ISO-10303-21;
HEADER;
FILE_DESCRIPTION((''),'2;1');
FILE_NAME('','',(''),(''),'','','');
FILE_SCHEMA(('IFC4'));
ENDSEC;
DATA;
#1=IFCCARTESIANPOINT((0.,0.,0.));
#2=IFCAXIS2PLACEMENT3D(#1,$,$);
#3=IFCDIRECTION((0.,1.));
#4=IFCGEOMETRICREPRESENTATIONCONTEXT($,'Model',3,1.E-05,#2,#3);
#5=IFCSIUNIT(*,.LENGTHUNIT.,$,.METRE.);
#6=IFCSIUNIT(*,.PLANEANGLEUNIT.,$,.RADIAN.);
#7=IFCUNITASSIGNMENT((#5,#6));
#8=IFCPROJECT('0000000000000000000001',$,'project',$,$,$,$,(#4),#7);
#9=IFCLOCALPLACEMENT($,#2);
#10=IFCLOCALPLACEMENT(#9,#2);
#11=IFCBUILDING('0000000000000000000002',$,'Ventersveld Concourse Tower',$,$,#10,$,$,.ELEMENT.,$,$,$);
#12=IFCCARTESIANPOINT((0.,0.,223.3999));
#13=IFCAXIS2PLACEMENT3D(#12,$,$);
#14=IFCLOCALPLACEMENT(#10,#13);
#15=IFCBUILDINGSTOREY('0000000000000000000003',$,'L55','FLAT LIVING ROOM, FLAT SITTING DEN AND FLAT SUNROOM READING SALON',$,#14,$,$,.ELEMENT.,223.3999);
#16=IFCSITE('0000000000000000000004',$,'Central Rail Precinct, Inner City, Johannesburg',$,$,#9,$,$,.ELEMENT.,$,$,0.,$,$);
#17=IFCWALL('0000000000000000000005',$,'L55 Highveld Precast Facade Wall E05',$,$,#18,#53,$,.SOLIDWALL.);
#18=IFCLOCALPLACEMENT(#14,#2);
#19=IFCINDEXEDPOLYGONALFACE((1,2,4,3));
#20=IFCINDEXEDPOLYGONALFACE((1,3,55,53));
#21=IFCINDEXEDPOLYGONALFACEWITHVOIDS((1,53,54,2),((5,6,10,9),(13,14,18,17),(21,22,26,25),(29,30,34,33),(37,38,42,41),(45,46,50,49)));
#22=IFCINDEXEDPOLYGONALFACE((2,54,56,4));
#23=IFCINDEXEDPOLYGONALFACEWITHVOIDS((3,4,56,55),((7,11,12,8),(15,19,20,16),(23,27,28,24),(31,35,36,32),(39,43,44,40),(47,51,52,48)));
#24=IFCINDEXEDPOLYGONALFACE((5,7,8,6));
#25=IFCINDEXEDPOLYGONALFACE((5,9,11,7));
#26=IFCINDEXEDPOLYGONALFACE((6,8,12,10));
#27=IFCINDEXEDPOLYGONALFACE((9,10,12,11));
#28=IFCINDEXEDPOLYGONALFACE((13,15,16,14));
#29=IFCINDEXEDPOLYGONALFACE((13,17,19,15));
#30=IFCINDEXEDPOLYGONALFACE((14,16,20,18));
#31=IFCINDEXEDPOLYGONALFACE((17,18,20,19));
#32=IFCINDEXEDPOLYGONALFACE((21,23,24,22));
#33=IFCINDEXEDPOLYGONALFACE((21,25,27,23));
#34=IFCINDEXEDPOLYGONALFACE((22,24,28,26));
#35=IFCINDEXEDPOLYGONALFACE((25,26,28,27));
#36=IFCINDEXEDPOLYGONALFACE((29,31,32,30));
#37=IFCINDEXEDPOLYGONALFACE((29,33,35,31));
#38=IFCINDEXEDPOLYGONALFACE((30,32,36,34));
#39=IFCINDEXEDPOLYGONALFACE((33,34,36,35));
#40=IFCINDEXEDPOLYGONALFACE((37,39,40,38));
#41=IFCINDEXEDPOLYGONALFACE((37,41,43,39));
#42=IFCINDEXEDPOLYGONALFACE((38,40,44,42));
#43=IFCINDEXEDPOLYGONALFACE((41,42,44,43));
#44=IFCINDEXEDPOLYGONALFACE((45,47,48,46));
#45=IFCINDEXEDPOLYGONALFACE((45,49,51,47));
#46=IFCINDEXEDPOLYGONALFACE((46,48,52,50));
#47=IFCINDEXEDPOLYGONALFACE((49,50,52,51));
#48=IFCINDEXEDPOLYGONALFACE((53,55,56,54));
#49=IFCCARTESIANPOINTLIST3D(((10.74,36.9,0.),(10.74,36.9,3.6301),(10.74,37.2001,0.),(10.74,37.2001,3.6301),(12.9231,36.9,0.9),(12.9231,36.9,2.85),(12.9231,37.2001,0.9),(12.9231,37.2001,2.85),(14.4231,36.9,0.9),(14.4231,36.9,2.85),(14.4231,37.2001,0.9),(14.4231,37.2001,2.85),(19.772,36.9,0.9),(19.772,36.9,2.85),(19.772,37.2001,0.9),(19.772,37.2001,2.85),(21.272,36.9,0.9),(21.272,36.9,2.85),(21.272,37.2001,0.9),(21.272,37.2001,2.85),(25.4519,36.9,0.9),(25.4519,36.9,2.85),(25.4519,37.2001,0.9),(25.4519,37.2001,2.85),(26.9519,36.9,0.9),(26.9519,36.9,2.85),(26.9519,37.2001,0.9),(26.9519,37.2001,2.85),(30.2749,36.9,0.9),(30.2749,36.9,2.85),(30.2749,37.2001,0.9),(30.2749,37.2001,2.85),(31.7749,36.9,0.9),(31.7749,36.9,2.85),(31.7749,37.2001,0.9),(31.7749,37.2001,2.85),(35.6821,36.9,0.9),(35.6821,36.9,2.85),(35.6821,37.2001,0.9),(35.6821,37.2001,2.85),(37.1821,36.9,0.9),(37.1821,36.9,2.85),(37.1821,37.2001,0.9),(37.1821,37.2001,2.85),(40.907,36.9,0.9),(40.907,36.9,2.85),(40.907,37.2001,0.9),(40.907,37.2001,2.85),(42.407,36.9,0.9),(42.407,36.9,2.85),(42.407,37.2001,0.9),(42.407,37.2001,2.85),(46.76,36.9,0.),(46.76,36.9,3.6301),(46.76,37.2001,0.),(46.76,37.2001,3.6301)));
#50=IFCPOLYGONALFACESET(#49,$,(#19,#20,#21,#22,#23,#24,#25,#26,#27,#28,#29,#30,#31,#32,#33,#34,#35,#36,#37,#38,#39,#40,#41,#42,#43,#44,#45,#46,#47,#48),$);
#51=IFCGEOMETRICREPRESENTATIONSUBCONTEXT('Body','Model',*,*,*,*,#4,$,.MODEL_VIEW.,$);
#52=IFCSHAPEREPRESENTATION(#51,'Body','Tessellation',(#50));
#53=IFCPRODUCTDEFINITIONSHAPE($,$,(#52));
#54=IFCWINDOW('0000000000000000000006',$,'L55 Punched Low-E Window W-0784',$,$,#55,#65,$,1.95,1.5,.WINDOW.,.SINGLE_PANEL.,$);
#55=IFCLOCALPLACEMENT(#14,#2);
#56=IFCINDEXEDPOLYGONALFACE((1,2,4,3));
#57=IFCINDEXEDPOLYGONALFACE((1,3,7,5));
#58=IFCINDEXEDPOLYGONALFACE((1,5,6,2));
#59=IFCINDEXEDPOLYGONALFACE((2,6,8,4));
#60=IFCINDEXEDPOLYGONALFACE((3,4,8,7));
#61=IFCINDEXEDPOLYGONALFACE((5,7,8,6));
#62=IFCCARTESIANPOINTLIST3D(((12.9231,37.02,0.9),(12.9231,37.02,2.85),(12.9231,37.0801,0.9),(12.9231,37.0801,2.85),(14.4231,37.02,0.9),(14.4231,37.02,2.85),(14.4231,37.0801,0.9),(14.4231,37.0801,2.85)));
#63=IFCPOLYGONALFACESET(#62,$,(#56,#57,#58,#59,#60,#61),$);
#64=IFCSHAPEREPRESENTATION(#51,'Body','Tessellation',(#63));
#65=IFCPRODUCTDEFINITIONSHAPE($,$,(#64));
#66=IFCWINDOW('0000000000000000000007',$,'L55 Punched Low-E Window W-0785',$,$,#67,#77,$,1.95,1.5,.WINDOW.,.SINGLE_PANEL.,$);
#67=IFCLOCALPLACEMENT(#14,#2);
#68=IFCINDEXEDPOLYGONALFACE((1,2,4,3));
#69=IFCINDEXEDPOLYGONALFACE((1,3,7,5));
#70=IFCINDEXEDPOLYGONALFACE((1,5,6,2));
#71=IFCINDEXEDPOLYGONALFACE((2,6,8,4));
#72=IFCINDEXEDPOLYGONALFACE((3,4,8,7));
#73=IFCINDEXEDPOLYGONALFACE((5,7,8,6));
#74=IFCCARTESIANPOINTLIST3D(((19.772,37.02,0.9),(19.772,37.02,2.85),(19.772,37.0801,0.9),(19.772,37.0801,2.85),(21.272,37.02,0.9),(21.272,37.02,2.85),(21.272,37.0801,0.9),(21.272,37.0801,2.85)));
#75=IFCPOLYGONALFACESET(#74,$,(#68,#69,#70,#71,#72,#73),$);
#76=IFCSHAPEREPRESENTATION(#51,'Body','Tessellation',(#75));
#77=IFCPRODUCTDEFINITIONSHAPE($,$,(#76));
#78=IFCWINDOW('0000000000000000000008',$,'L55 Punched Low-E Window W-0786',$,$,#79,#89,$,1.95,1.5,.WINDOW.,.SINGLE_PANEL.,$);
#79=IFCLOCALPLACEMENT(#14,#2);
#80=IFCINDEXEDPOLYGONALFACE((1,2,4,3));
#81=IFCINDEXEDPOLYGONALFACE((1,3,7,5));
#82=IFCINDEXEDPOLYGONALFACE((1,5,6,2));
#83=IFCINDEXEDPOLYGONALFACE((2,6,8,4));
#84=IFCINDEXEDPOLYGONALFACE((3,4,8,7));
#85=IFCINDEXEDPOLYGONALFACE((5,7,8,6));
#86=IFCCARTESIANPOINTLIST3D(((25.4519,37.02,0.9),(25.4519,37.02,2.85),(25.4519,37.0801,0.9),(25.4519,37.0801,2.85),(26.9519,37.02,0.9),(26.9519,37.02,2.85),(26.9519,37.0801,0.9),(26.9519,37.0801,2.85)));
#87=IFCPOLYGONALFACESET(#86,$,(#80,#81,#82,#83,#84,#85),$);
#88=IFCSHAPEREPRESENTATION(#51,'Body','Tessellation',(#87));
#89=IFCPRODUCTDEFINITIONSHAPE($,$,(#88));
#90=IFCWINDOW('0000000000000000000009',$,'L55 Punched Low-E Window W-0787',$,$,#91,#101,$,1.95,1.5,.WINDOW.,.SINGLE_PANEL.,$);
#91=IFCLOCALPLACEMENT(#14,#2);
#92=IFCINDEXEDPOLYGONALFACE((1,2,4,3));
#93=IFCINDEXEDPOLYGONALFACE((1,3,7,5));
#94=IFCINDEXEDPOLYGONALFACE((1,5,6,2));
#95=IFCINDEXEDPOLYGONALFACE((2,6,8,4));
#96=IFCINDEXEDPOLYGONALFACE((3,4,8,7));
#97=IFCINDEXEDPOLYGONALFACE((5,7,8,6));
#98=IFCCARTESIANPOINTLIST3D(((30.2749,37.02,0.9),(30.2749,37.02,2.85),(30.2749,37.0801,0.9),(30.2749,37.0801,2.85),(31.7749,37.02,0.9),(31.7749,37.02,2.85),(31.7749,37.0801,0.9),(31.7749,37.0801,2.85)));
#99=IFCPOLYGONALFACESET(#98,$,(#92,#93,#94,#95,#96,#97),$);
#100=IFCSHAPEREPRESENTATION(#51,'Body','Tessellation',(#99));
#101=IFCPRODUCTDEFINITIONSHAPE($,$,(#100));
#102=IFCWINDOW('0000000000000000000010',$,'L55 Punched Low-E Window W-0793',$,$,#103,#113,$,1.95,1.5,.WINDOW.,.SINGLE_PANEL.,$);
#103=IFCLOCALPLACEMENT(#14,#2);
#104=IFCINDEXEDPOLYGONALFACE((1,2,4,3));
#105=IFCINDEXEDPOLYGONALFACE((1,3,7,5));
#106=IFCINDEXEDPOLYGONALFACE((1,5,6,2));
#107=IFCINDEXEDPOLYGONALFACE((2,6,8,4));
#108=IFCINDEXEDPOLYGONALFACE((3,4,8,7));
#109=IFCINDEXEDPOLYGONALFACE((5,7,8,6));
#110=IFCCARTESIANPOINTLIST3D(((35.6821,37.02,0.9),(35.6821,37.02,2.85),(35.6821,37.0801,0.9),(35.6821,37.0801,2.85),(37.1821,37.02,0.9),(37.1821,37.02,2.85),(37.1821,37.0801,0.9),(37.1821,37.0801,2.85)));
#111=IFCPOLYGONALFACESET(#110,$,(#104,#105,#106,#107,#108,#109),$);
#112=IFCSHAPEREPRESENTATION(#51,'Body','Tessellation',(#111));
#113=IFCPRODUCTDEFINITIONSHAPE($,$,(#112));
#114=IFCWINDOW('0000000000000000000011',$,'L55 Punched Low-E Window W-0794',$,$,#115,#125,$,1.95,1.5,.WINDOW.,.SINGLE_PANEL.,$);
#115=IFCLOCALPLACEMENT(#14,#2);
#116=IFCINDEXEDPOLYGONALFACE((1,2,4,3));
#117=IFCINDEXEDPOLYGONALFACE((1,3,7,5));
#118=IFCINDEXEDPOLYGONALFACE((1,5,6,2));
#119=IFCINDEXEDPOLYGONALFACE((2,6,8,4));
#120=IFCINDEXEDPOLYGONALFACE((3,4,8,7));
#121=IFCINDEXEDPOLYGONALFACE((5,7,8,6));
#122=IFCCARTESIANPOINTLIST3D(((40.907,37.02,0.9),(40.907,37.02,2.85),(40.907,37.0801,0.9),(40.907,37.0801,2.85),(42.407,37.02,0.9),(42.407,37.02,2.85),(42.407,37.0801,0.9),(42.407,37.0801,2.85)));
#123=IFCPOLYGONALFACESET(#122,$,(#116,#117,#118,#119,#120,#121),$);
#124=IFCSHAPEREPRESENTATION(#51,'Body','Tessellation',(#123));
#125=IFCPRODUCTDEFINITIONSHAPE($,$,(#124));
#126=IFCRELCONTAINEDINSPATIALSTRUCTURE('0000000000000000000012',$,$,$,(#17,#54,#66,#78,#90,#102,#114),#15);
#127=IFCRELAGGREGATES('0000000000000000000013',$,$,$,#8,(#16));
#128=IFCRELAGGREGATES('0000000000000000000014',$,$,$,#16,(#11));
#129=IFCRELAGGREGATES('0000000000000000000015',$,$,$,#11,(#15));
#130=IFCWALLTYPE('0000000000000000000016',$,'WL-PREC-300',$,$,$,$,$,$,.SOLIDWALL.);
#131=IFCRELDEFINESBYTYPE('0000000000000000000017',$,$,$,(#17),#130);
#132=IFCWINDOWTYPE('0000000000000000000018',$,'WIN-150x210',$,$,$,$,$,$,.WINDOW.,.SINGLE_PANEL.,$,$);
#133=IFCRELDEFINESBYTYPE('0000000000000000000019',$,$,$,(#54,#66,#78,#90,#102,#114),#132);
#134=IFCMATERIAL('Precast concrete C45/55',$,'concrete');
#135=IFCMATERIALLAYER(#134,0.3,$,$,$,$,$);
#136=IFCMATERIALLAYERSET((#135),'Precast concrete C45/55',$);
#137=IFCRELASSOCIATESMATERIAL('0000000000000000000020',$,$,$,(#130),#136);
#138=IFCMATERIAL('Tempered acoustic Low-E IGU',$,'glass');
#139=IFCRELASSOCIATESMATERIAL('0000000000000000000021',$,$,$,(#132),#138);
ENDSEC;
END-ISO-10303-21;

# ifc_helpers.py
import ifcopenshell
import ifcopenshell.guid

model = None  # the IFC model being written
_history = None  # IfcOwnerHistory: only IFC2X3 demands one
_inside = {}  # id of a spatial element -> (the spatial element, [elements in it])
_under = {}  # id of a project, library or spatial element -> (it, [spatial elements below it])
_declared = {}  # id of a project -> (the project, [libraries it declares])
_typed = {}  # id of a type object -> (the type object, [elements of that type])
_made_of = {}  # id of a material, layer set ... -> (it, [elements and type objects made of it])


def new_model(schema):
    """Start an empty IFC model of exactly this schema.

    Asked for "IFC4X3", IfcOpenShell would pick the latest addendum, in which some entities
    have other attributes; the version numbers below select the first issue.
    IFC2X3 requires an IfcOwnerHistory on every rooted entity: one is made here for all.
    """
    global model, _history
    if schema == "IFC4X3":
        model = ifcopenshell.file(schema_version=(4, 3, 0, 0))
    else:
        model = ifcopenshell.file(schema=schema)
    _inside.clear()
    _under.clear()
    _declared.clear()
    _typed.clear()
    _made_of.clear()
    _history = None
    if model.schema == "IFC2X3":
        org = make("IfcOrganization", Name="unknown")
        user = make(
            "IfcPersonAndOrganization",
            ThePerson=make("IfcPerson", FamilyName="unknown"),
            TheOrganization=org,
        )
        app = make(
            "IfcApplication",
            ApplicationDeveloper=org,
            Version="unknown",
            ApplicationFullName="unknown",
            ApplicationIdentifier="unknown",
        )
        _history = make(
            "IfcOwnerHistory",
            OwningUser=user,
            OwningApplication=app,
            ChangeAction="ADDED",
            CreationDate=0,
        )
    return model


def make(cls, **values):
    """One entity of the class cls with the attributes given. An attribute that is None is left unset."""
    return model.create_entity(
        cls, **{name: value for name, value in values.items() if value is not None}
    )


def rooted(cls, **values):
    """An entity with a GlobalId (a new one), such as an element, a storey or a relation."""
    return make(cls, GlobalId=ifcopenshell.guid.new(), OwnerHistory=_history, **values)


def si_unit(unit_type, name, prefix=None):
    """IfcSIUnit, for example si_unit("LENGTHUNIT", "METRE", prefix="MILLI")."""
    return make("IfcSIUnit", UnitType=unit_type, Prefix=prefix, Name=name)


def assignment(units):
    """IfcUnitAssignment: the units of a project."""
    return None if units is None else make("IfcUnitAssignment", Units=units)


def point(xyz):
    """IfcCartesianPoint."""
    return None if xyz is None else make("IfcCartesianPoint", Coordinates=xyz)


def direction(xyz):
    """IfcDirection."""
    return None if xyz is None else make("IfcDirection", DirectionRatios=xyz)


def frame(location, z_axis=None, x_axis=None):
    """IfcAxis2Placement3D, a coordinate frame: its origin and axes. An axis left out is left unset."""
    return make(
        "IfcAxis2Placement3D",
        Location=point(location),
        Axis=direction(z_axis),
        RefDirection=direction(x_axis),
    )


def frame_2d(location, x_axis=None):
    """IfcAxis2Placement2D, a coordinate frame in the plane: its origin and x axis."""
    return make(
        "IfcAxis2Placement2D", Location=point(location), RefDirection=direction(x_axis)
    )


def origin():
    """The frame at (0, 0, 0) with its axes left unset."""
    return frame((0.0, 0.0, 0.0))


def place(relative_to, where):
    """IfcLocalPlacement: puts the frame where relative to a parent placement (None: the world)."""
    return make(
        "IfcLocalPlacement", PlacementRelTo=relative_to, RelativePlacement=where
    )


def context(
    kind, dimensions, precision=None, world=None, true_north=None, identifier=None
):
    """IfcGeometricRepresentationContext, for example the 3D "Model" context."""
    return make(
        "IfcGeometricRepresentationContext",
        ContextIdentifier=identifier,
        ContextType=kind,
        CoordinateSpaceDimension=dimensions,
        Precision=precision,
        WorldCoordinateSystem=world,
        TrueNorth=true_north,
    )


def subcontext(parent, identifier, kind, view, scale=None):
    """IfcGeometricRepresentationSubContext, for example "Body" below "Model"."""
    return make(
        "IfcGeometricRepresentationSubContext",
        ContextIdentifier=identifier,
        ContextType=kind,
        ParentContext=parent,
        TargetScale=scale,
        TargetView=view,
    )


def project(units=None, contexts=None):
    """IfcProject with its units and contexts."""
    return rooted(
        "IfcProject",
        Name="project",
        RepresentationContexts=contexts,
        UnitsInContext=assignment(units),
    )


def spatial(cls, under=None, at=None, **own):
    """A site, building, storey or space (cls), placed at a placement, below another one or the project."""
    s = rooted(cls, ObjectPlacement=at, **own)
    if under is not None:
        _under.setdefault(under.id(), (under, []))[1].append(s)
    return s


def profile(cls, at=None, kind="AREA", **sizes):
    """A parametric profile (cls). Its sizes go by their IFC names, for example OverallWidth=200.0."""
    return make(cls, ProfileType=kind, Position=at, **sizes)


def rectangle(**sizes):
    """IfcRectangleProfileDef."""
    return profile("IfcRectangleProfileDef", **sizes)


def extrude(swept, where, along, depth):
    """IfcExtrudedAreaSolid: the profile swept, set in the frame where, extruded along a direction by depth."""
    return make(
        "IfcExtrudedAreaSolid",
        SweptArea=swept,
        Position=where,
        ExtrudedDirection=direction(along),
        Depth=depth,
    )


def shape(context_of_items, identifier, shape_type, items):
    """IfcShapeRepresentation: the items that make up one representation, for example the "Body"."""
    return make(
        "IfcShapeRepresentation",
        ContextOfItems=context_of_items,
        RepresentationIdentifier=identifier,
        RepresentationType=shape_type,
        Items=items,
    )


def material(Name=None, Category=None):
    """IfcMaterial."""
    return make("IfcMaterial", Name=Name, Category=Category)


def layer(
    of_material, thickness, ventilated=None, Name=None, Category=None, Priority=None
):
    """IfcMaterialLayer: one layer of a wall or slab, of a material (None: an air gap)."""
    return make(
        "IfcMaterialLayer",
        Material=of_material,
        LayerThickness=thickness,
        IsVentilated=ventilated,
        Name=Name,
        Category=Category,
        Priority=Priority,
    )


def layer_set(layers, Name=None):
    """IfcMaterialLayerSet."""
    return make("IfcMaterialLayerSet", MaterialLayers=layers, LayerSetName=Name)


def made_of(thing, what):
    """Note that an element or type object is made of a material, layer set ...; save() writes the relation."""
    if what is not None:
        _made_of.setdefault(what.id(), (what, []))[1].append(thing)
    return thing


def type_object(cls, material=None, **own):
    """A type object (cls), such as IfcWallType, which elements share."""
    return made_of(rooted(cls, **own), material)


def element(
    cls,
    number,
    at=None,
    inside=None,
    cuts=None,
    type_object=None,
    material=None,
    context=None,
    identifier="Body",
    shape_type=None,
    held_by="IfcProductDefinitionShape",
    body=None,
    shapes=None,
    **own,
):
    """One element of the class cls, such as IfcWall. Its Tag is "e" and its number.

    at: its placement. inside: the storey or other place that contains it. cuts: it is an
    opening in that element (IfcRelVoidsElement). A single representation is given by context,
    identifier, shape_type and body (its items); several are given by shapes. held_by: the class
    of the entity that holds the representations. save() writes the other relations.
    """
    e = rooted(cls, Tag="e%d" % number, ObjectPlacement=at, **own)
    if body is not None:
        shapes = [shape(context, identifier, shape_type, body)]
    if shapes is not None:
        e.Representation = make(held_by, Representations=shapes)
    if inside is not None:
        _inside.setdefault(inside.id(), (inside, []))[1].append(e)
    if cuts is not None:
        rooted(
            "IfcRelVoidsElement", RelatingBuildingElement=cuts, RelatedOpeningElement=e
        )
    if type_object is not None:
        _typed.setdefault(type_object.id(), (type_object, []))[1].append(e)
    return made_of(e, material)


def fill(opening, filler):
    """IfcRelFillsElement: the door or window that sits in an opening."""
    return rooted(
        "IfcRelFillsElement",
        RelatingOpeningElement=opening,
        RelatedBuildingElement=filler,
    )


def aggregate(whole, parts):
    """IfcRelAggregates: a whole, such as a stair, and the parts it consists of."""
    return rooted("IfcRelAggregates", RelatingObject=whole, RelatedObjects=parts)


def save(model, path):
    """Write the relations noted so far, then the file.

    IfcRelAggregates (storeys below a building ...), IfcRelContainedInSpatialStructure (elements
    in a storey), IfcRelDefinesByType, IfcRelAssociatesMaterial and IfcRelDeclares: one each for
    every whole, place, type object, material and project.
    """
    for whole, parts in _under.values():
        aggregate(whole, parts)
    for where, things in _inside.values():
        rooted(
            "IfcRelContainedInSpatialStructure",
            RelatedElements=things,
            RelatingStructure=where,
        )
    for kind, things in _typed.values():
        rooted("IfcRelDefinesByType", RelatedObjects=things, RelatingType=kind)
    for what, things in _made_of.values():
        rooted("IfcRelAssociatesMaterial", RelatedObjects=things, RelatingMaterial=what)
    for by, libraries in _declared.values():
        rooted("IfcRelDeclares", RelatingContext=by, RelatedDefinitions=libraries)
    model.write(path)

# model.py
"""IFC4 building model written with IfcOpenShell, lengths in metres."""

from ifc_helpers import new_model, si_unit, direction, frame, frame_2d, origin, place, context, subcontext, project, spatial, rectangle, extrude, material, layer, layer_set, type_object, element, fill, save


model = new_model("IFC4")

# Units and contexts
model_context = context("Model", 3, precision=1e-05, world=origin(), true_north=direction((0.0, 1.0)))
body_context = subcontext(model_context, "Body", "Model", "MODEL_VIEW")
ifc_project = project(units=[si_unit("LENGTHUNIT", "METRE"), si_unit("PLANEANGLEUNIT", "RADIAN")], contexts=[model_context])

# Site, building, storey
site_placement = place(None, origin())
site = spatial("IfcSite", under=ifc_project, at=site_placement, Name="Central Rail Precinct, Inner City, Johannesburg", CompositionType="ELEMENT", RefElevation=0.0)
building_placement = place(site_placement, origin())
building = spatial("IfcBuilding", under=site, at=building_placement, Name="Ventersveld Concourse Tower", CompositionType="ELEMENT")
storey_placement = place(building_placement, frame((0.0, 0.0, 223.3999)))
storey = spatial("IfcBuildingStorey", under=building, at=storey_placement, Name="L55", Description="FLAT LIVING ROOM, FLAT SITTING DEN AND FLAT SUNROOM READING SALON", CompositionType="ELEMENT", Elevation=223.3999)

# Shared definitions
ifc_material_1 = material(Name="Precast concrete C45/55", Category="concrete")
ifc_layer_1 = layer(ifc_material_1, 0.3)
ifc_layer_set_1 = layer_set([ifc_layer_1], Name="Precast concrete C45/55")
wall_type_1 = type_object("IfcWallType", Name="WL-PREC-300", PredefinedType="SOLIDWALL", material=ifc_layer_set_1)

# Wall, openings, windows
wall_1_placement = place(storey_placement, frame((46.76, 37.05, 0.0), z_axis=(0.0, 0.0, 1.0), x_axis=(-1.0, 0.0, 0.0)))
wall_1 = element("IfcWall", 1, at=wall_1_placement, inside=storey, type_object=wall_type_1, Name="L55 Highveld Precast Facade Wall E05", PredefinedType="SOLIDWALL", context=body_context, shape_type="SweptSolid", body=[
    extrude(rectangle(XDim=36.02, YDim=0.3, at=frame_2d((18.01, 0.0))), origin(), (0.0, 0.0, 1.0), 3.6301),
])
opening_1_placement = place(wall_1_placement, frame((32.3369, 0.0, 0.8999)))
opening_1 = element("IfcOpeningElement", 2, at=opening_1_placement, cuts=wall_1, PredefinedType="OPENING", context=body_context, shape_type="SweptSolid", body=[
    extrude(rectangle(XDim=1.5, YDim=1.95, at=frame_2d((0.75, 0.9751))), frame((0.0, 0.1602, 0.0), z_axis=(0.0, -1.0, 0.0), x_axis=(1.0, 0.0, 0.0)), (0.0, 0.0, 1.0), 0.3201),
])
opening_2_placement = place(wall_1_placement, frame((25.488, 0.0, 0.8999)))
opening_2 = element("IfcOpeningElement", 3, at=opening_2_placement, cuts=wall_1, PredefinedType="OPENING", context=body_context, shape_type="SweptSolid", body=[
    extrude(rectangle(XDim=1.5, YDim=1.95, at=frame_2d((0.75, 0.9751))), frame((0.0, 0.1602, 0.0), z_axis=(0.0, -1.0, 0.0), x_axis=(1.0, 0.0, 0.0)), (0.0, 0.0, 1.0), 0.3201),
])
opening_3_placement = place(wall_1_placement, frame((19.8081, 0.0, 0.8999)))
opening_3 = element("IfcOpeningElement", 4, at=opening_3_placement, cuts=wall_1, PredefinedType="OPENING", context=body_context, shape_type="SweptSolid", body=[
    extrude(rectangle(XDim=1.5, YDim=1.95, at=frame_2d((0.75, 0.9751))), frame((0.0, 0.1602, 0.0), z_axis=(0.0, -1.0, 0.0), x_axis=(1.0, 0.0, 0.0)), (0.0, 0.0, 1.0), 0.3201),
])
opening_4_placement = place(wall_1_placement, frame((14.9851, 0.0, 0.8999)))
opening_4 = element("IfcOpeningElement", 5, at=opening_4_placement, cuts=wall_1, PredefinedType="OPENING", context=body_context, shape_type="SweptSolid", body=[
    extrude(rectangle(XDim=1.5, YDim=1.95, at=frame_2d((0.75, 0.9751))), frame((0.0, 0.1602, 0.0), z_axis=(0.0, -1.0, 0.0), x_axis=(1.0, 0.0, 0.0)), (0.0, 0.0, 1.0), 0.3201),
])
opening_5_placement = place(wall_1_placement, frame((9.5779, 0.0, 0.8999)))
opening_5 = element("IfcOpeningElement", 6, at=opening_5_placement, cuts=wall_1, PredefinedType="OPENING", context=body_context, shape_type="SweptSolid", body=[
    extrude(rectangle(XDim=1.5, YDim=1.95, at=frame_2d((0.75, 0.9751))), frame((0.0, 0.1602, 0.0), z_axis=(0.0, -1.0, 0.0), x_axis=(1.0, 0.0, 0.0)), (0.0, 0.0, 1.0), 0.3201),
])
opening_6_placement = place(wall_1_placement, frame((4.353, 0.0, 0.8999)))
opening_6 = element("IfcOpeningElement", 7, at=opening_6_placement, cuts=wall_1, PredefinedType="OPENING", context=body_context, shape_type="SweptSolid", body=[
    extrude(rectangle(XDim=1.5, YDim=1.95, at=frame_2d((0.75, 0.9751))), frame((0.0, 0.1602, 0.0), z_axis=(0.0, -1.0, 0.0), x_axis=(1.0, 0.0, 0.0)), (0.0, 0.0, 1.0), 0.3201),
])
ifc_material_2 = material(Name="Tempered acoustic Low-E IGU", Category="glass")
window_type = type_object("IfcWindowType", Name="WIN-150x210", PartitioningType="SINGLE_PANEL", PredefinedType="WINDOW", material=ifc_material_2)
window_1_placement = place(opening_1_placement, origin())
window_1 = element("IfcWindow", 8, at=window_1_placement, inside=storey, type_object=window_type, Name="L55 Punched Low-E Window W-0784", OverallHeight=1.95, OverallWidth=1.5, PartitioningType="SINGLE_PANEL", PredefinedType="WINDOW", context=body_context, shape_type="SweptSolid", body=[
    extrude(rectangle(XDim=1.5, YDim=1.95, at=frame_2d((0.75, 0.9751))), frame((0.0, 0.03, 0.0), z_axis=(0.0, -1.0, 0.0), x_axis=(1.0, 0.0, 0.0)), (0.0, 0.0, 1.0), 0.0601),
])
fill(opening_1, window_1)
window_2_placement = place(opening_2_placement, origin())
window_2 = element("IfcWindow", 9, at=window_2_placement, inside=storey, type_object=window_type, Name="L55 Punched Low-E Window W-0785", OverallHeight=1.95, OverallWidth=1.5, PartitioningType="SINGLE_PANEL", PredefinedType="WINDOW", context=body_context, shape_type="SweptSolid", body=[
    extrude(rectangle(XDim=1.5, YDim=1.95, at=frame_2d((0.75, 0.9751))), frame((0.0, 0.03, 0.0), z_axis=(0.0, -1.0, 0.0), x_axis=(1.0, 0.0, 0.0)), (0.0, 0.0, 1.0), 0.0601),
])
fill(opening_2, window_2)
window_3_placement = place(opening_3_placement, origin())
window_3 = element("IfcWindow", 10, at=window_3_placement, inside=storey, type_object=window_type, Name="L55 Punched Low-E Window W-0786", OverallHeight=1.95, OverallWidth=1.5, PartitioningType="SINGLE_PANEL", PredefinedType="WINDOW", context=body_context, shape_type="SweptSolid", body=[
    extrude(rectangle(XDim=1.5, YDim=1.95, at=frame_2d((0.75, 0.9751))), frame((0.0, 0.03, 0.0), z_axis=(0.0, -1.0, 0.0), x_axis=(1.0, 0.0, 0.0)), (0.0, 0.0, 1.0), 0.0601),
])
fill(opening_3, window_3)
window_4_placement = place(opening_4_placement, origin())
window_4 = element("IfcWindow", 11, at=window_4_placement, inside=storey, type_object=window_type, Name="L55 Punched Low-E Window W-0787", OverallHeight=1.95, OverallWidth=1.5, PartitioningType="SINGLE_PANEL", PredefinedType="WINDOW", context=body_context, shape_type="SweptSolid", body=[
    extrude(rectangle(XDim=1.5, YDim=1.95, at=frame_2d((0.75, 0.9751))), frame((0.0, 0.03, 0.0), z_axis=(0.0, -1.0, 0.0), x_axis=(1.0, 0.0, 0.0)), (0.0, 0.0, 1.0), 0.0601),
])
fill(opening_4, window_4)
window_5_placement = place(opening_5_placement, origin())
window_5 = element("IfcWindow", 12, at=window_5_placement, inside=storey, type_object=window_type, Name="L55 Punched Low-E Window W-0793", OverallHeight=1.95, OverallWidth=1.5, PartitioningType="SINGLE_PANEL", PredefinedType="WINDOW", context=body_context, shape_type="SweptSolid", body=[
    extrude(rectangle(XDim=1.5, YDim=1.95, at=frame_2d((0.75, 0.9751))), frame((0.0, 0.03, 0.0), z_axis=(0.0, -1.0, 0.0), x_axis=(1.0, 0.0, 0.0)), (0.0, 0.0, 1.0), 0.0601),
])
fill(opening_5, window_5)
window_6_placement = place(opening_6_placement, origin())
window_6 = element("IfcWindow", 13, at=window_6_placement, inside=storey, type_object=window_type, Name="L55 Punched Low-E Window W-0794", OverallHeight=1.95, OverallWidth=1.5, PartitioningType="SINGLE_PANEL", PredefinedType="WINDOW", context=body_context, shape_type="SweptSolid", body=[
    extrude(rectangle(XDim=1.5, YDim=1.95, at=frame_2d((0.75, 0.9751))), frame((0.0, 0.03, 0.0), z_axis=(0.0, -1.0, 0.0), x_axis=(1.0, 0.0, 0.0)), (0.0, 0.0, 1.0), 0.0601),
])
fill(opening_6, window_6)

save(model, "model.ifc")
